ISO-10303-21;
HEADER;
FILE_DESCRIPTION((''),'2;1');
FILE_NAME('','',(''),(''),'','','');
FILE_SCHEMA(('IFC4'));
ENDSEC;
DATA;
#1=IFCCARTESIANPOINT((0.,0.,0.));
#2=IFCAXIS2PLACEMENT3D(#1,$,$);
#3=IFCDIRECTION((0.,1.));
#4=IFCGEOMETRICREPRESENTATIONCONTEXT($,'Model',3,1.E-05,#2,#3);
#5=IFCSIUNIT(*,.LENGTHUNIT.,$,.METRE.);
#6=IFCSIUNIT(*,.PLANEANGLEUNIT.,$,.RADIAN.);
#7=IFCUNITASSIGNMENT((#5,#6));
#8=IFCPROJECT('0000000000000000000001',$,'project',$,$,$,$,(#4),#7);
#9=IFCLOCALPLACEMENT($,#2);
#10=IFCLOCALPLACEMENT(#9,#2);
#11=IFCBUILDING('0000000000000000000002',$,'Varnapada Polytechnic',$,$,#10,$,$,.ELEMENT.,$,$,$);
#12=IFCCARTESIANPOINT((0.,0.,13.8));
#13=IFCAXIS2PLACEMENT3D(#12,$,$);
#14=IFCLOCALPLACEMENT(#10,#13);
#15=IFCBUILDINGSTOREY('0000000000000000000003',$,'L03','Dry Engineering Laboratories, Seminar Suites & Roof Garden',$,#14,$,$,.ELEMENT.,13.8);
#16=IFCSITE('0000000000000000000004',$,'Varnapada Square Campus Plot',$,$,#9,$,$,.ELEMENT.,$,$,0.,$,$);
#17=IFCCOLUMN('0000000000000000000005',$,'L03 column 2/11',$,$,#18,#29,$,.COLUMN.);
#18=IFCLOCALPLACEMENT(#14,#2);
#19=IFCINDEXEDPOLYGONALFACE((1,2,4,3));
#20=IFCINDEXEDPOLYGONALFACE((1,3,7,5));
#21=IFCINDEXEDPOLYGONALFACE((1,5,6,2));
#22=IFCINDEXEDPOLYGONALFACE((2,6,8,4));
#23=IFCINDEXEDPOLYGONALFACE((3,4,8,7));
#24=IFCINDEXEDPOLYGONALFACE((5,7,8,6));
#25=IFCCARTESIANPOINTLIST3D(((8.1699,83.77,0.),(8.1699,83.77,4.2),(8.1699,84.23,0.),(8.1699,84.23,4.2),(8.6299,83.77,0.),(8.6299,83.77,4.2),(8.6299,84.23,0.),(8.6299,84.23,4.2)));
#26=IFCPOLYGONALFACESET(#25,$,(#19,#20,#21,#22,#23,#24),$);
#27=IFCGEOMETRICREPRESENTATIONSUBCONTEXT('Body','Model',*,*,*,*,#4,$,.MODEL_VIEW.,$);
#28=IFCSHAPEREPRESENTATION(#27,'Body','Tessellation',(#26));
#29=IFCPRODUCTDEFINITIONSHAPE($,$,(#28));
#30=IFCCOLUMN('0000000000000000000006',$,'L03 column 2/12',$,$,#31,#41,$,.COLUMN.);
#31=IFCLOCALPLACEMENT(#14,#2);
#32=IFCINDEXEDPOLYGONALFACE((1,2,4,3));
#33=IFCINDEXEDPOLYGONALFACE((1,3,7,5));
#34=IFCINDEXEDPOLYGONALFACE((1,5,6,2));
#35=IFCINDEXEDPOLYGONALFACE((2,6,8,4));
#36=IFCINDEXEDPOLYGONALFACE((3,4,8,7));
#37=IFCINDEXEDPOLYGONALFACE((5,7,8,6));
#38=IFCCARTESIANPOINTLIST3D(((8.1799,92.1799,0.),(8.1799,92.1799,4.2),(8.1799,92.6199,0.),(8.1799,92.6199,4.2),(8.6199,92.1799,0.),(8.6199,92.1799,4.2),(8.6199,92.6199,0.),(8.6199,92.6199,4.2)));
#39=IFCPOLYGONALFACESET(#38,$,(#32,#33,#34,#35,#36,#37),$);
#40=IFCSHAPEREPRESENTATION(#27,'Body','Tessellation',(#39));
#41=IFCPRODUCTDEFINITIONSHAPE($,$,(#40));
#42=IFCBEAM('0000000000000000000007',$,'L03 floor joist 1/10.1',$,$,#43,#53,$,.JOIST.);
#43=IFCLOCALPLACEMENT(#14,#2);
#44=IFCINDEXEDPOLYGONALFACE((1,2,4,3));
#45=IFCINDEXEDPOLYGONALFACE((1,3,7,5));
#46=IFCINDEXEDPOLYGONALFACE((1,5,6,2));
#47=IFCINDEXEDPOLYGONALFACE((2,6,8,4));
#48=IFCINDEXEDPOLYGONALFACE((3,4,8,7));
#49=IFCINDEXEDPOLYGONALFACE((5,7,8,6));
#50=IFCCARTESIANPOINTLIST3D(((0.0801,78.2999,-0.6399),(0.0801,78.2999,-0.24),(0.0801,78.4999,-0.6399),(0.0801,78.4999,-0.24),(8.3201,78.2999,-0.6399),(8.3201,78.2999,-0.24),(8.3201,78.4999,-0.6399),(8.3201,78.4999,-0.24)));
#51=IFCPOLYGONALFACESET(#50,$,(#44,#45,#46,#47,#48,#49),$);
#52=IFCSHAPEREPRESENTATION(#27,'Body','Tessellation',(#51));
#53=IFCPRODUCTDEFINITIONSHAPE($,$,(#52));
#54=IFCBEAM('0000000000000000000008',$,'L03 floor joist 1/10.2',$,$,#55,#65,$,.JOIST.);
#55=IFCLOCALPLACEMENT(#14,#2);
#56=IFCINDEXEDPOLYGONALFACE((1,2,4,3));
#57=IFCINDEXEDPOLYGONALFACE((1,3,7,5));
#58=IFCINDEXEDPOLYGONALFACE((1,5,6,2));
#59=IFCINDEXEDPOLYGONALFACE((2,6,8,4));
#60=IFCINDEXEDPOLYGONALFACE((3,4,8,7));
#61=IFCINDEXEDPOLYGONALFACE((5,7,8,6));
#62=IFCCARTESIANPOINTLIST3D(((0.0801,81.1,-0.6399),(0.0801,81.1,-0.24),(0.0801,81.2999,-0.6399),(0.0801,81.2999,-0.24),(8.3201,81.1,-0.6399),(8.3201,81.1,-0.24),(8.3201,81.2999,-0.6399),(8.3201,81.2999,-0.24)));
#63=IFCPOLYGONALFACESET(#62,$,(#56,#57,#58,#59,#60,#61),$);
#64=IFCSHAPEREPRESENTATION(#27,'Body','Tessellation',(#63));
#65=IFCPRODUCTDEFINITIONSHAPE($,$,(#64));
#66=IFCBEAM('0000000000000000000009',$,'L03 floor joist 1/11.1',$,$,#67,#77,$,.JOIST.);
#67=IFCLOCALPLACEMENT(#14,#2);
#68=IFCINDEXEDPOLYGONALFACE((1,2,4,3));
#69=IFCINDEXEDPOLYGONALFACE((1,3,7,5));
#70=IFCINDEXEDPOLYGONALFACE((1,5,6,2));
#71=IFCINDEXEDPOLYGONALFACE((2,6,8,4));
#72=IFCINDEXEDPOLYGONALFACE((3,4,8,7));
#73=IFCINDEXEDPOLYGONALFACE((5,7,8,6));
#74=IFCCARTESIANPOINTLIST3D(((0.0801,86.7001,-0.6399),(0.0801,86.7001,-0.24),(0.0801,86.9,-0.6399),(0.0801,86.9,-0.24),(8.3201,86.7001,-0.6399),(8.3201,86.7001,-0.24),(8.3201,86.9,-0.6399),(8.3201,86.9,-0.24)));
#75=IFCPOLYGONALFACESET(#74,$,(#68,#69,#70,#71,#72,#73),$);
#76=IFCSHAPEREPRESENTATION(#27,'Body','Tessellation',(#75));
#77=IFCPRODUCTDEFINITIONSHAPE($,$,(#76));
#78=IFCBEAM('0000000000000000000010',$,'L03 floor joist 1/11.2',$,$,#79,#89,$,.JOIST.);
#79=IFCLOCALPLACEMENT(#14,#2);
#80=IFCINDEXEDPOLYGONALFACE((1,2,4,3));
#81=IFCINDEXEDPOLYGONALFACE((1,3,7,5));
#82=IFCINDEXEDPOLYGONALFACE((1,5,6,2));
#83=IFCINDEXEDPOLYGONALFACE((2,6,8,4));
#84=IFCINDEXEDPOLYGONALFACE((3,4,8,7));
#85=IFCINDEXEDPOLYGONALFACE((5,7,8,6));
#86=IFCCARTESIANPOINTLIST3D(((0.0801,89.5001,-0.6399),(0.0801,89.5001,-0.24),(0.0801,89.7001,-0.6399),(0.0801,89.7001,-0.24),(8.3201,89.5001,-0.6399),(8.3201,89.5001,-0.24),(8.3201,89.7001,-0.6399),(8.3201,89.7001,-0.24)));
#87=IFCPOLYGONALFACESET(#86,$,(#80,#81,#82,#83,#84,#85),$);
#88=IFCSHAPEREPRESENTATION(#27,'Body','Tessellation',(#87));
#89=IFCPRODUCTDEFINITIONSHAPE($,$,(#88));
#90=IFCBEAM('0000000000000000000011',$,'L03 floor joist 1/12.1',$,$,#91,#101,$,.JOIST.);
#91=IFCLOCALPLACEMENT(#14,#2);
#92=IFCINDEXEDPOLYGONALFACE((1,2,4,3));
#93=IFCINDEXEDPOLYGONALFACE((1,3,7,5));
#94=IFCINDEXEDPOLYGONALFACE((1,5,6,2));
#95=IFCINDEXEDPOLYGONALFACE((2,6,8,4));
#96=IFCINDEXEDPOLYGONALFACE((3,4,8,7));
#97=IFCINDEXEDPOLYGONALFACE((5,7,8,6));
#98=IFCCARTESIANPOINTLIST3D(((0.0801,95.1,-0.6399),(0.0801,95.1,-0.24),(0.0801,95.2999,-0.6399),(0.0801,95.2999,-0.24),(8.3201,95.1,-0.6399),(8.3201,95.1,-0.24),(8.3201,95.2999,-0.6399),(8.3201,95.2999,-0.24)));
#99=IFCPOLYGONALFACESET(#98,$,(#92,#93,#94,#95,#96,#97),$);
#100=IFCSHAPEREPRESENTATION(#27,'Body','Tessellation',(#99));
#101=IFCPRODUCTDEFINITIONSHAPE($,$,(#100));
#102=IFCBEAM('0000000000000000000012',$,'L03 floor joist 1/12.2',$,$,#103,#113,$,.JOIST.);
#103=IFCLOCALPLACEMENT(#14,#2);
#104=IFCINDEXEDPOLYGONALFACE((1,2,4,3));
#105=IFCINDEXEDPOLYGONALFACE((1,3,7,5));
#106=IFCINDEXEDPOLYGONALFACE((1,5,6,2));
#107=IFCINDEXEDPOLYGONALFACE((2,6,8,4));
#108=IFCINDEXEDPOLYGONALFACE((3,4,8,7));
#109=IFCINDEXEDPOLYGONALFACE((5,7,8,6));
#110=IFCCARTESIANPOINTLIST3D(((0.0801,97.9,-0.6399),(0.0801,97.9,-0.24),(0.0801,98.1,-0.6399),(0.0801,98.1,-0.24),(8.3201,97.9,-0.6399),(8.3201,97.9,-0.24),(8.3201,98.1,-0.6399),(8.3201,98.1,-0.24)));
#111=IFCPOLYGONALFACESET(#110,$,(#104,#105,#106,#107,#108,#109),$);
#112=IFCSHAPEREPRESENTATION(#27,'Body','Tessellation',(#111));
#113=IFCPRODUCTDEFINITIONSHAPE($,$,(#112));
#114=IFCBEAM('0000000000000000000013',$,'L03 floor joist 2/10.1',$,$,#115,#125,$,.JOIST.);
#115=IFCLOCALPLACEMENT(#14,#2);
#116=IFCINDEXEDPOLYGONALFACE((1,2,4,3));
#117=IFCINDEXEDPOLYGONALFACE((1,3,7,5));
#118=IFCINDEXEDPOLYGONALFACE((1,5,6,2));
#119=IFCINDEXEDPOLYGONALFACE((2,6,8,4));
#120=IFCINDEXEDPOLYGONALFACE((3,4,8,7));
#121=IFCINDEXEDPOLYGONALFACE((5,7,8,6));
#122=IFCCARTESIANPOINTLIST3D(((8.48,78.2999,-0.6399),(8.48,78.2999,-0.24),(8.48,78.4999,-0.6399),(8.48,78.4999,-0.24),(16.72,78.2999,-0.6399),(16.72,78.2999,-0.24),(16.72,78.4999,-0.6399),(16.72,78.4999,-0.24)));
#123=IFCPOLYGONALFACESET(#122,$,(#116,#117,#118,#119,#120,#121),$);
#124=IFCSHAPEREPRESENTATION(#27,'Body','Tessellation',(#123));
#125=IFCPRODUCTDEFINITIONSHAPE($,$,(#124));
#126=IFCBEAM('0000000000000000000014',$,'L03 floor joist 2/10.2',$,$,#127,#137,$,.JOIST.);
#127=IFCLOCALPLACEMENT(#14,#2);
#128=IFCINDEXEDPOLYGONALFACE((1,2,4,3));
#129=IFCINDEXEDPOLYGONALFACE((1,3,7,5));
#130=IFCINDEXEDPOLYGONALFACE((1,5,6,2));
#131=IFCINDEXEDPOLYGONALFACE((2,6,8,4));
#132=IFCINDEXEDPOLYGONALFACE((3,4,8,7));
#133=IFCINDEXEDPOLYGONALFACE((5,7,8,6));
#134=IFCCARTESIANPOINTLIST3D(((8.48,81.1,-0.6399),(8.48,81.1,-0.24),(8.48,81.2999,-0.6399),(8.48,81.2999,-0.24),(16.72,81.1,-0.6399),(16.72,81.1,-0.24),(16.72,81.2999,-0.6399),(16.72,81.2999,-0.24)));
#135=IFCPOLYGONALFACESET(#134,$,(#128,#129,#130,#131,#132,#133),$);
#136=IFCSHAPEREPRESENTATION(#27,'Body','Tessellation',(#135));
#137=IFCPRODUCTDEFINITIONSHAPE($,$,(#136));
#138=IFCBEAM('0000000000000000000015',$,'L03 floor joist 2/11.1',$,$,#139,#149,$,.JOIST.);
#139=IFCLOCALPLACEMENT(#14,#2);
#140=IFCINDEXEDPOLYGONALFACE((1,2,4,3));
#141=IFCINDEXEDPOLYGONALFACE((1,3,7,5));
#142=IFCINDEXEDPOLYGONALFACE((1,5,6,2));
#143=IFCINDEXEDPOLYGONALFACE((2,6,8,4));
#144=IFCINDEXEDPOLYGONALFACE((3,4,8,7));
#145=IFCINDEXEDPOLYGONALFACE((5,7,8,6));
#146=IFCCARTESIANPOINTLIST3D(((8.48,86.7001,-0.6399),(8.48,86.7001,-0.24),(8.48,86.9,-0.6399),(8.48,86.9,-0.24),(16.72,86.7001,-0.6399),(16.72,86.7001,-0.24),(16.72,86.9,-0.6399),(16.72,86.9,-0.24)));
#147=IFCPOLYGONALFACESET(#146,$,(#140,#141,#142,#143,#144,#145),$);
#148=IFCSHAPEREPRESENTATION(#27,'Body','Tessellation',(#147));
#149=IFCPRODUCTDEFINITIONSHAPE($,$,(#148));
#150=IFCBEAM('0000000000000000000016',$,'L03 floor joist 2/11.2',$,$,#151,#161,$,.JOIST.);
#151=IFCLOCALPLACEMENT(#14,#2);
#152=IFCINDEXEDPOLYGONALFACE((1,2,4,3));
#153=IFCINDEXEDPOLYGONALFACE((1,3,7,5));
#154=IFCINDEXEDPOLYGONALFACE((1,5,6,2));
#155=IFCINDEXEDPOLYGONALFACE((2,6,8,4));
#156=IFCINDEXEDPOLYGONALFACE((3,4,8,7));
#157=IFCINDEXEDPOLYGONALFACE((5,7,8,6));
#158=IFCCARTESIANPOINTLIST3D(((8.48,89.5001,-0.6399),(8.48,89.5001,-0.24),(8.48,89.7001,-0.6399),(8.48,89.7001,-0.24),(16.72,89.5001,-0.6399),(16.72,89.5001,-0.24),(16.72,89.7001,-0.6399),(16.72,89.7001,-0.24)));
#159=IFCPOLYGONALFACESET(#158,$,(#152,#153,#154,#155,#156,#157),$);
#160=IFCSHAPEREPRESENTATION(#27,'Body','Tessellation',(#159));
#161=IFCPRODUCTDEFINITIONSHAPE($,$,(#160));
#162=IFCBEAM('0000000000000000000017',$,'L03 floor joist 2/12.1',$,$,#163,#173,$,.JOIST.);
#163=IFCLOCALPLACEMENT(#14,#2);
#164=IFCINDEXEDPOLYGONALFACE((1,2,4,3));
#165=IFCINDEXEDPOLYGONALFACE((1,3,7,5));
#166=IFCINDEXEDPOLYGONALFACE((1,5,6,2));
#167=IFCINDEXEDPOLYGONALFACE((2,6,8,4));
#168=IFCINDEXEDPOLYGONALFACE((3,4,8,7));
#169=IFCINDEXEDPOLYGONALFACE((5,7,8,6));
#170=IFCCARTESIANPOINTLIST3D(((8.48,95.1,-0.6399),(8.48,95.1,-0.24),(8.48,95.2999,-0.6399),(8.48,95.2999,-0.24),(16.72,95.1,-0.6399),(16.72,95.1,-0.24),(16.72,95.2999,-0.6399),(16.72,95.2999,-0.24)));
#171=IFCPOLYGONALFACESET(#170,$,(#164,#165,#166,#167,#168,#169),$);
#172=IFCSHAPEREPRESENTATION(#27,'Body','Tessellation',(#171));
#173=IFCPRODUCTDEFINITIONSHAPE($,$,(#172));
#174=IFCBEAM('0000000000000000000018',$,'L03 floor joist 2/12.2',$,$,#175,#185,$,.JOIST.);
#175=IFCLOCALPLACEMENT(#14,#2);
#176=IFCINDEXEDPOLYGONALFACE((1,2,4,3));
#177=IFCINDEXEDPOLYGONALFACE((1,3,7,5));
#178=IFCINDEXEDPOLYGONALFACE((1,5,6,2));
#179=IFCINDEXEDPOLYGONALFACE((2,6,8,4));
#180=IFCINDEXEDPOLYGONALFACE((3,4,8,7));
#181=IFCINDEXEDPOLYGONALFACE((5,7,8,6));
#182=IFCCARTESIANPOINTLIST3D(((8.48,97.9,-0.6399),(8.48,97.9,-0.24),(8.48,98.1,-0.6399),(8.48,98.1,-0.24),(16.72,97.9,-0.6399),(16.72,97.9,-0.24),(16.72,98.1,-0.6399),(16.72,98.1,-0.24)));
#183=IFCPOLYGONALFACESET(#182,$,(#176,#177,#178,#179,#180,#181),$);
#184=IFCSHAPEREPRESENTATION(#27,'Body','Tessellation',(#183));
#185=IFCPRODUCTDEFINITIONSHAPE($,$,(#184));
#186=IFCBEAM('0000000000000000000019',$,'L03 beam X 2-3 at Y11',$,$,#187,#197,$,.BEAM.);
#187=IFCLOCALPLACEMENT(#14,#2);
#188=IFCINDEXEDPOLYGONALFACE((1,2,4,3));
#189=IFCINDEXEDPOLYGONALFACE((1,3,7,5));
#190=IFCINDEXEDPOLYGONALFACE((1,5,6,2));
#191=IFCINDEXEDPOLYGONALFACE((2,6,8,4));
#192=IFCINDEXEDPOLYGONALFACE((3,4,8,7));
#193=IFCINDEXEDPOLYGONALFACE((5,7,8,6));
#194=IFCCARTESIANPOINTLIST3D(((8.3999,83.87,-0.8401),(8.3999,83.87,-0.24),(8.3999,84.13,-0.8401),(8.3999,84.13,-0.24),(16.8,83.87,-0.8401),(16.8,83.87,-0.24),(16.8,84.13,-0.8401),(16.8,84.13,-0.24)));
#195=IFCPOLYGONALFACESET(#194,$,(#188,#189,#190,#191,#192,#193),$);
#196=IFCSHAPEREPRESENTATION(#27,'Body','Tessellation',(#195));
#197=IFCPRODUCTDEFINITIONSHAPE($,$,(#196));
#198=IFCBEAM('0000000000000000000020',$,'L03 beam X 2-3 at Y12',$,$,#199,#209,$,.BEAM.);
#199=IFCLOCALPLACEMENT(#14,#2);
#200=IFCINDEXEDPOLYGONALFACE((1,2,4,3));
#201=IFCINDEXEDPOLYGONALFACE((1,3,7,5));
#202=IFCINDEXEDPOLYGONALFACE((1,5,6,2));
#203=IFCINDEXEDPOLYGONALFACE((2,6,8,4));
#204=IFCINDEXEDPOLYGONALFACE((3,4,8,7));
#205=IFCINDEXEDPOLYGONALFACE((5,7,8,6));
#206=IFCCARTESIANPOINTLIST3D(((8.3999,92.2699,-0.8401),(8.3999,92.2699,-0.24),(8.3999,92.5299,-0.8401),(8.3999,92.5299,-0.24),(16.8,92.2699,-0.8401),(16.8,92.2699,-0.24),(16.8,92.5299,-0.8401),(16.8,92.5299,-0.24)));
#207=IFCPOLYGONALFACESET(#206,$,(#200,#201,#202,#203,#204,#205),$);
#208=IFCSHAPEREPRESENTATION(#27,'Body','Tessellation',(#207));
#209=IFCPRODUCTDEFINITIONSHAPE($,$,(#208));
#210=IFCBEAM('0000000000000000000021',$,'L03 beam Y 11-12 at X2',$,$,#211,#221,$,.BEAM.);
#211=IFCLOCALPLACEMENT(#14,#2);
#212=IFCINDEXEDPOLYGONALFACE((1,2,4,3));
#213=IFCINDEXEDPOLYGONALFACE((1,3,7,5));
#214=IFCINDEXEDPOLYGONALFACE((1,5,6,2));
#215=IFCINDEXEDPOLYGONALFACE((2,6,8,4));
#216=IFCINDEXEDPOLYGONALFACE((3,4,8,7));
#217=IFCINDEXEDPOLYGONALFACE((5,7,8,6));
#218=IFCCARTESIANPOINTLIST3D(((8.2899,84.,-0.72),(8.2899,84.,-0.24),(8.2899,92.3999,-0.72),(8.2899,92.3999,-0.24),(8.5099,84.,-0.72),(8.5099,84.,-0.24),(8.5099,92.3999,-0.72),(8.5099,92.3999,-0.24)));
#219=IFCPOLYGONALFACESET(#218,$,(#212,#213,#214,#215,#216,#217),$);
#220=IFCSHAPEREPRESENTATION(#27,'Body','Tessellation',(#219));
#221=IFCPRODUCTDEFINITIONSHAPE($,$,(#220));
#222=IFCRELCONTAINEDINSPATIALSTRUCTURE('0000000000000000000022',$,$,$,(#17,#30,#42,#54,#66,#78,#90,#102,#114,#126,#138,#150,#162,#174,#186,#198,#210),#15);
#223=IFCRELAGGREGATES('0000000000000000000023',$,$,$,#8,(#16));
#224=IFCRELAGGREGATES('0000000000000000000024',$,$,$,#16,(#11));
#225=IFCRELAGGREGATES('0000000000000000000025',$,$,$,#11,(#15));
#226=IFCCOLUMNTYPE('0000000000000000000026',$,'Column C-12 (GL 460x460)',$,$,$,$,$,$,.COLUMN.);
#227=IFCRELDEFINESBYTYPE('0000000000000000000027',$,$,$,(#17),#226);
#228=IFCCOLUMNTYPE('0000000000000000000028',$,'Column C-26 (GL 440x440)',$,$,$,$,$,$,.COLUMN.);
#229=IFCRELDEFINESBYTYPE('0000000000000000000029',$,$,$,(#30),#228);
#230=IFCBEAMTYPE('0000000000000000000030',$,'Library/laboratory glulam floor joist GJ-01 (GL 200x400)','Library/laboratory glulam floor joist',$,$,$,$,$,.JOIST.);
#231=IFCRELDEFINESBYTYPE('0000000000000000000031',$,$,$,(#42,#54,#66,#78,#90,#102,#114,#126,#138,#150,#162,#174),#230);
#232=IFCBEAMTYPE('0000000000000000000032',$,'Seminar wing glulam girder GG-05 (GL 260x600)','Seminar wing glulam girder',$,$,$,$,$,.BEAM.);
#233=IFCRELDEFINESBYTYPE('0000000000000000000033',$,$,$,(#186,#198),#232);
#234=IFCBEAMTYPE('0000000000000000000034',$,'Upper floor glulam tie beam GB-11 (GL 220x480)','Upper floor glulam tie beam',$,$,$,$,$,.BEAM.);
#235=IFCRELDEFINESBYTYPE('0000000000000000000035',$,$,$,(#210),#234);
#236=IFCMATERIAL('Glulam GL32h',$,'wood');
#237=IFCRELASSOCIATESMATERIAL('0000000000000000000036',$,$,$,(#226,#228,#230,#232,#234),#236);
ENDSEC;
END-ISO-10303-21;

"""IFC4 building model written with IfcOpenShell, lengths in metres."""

from ifc_helpers import new_model, si_unit, direction, frame, origin, origin_2d, place, context, subcontext, project, spatial, rectangle, extrude, material, material_profile, profile_set, type_object, element, save


model = new_model("IFC4")

# Units and contexts
model_context = context("Model", 3, precision=1e-05, world=origin(), true_north=direction((0.0, 1.0)))
body_context = subcontext(model_context, "Body", "Model", "MODEL_VIEW")
ifc_project = project(units=[si_unit("LENGTHUNIT", "METRE"), si_unit("PLANEANGLEUNIT", "RADIAN")], contexts=[model_context])

# Site, building, storey
site_placement = place(None, origin())
site = spatial("IfcSite", under=ifc_project, at=site_placement, Name="Varnapada Square Campus Plot", CompositionType="ELEMENT", RefElevation=0.0)
building_placement = place(site_placement, origin())
building = spatial("IfcBuilding", under=site, at=building_placement, Name="Varnapada Polytechnic", CompositionType="ELEMENT")
storey_placement = place(building_placement, frame((0.0, 0.0, 13.8)))
storey = spatial("IfcBuildingStorey", under=building, at=storey_placement, Name="L03", Description="Dry Engineering Laboratories, Seminar Suites & Roof Garden", CompositionType="ELEMENT", Elevation=13.8)

# Columns
ifc_material_1 = material(Name="Glulam GL32h", Category="wood")
ifc_material_profile_1 = material_profile(ifc_material_1, rectangle(XDim=0.46, YDim=0.46, at=origin_2d()), Name="GL 460x460")
ifc_profile_set_1 = profile_set([ifc_material_profile_1], Name="Glulam GL32h")
column_type_1 = type_object("IfcColumnType", Name="Column C-12 (GL 460x460)", PredefinedType="COLUMN", material=ifc_profile_set_1)
column_1_placement = place(storey_placement, frame((8.3999, 84.0, 0.0), z_axis=(0.0, 0.0, 1.0), x_axis=(1.0, 0.0, 0.0)))
element("IfcColumn", 1, at=column_1_placement, inside=storey, type_object=column_type_1, Name="L03 column 2/11", PredefinedType="COLUMN", context=body_context, shape_type="SweptSolid", body=[
    extrude(rectangle(XDim=0.46, YDim=0.46, at=origin_2d()), origin(), (0.0, 0.0, 1.0), 4.2),
])
ifc_material_profile_2 = material_profile(ifc_material_1, rectangle(XDim=0.4399, YDim=0.4399, at=origin_2d()), Name="GL 440x440")
ifc_profile_set_2 = profile_set([ifc_material_profile_2], Name="Glulam GL32h")
column_type_2 = type_object("IfcColumnType", Name="Column C-26 (GL 440x440)", PredefinedType="COLUMN", material=ifc_profile_set_2)
column_2_placement = place(storey_placement, frame((8.3999, 92.3999, 0.0), z_axis=(0.0, 0.0, 1.0), x_axis=(1.0, 0.0, 0.0)))
element("IfcColumn", 2, at=column_2_placement, inside=storey, type_object=column_type_2, Name="L03 column 2/12", PredefinedType="COLUMN", context=body_context, shape_type="SweptSolid", body=[
    extrude(rectangle(XDim=0.4399, YDim=0.4399, at=origin_2d()), origin(), (0.0, 0.0, 1.0), 4.2),
])

# Beams
ifc_material_profile_3 = material_profile(ifc_material_1, rectangle(XDim=0.2, YDim=0.3999, at=origin_2d()), Name="GL 200x400")
ifc_profile_set_3 = profile_set([ifc_material_profile_3], Name="Glulam GL32h")
beam_type_1 = type_object("IfcBeamType", Name="Library/laboratory glulam floor joist GJ-01 (GL 200x400)", Description="Library/laboratory glulam floor joist", PredefinedType="JOIST", material=ifc_profile_set_3)
for number, where, z_axis, x_axis, name in (
    (3, (0.0801, 78.3999, -0.4399), (1.0, 0.0, 0.0), (0.0, 1.0, 0.0), "L03 floor joist 1/10.1"),
    (4, (0.0801, 81.2, -0.4399), (1.0, 0.0, 0.0), (0.0, 1.0, 0.0), "L03 floor joist 1/10.2"),
    (5, (0.0801, 86.8, -0.4399), (1.0, 0.0, 0.0), (0.0, 1.0, 0.0), "L03 floor joist 1/11.1"),
    (6, (0.0801, 89.6001, -0.4399), (1.0, 0.0, 0.0), (0.0, 1.0, 0.0), "L03 floor joist 1/11.2"),
    (7, (0.0801, 95.2, -0.4399), (1.0, 0.0, 0.0), (0.0, 1.0, 0.0), "L03 floor joist 1/12.1"),
    (8, (0.0801, 98.0, -0.4399), (1.0, 0.0, 0.0), (0.0, 1.0, 0.0), "L03 floor joist 1/12.2"),
    (9, (8.48, 78.3999, -0.4399), (1.0, 0.0, 0.0), (0.0, 1.0, 0.0), "L03 floor joist 2/10.1"),
    (10, (8.48, 81.2, -0.4399), (1.0, 0.0, 0.0), (0.0, 1.0, 0.0), "L03 floor joist 2/10.2"),
    (11, (8.48, 86.8, -0.4399), (1.0, 0.0, 0.0), (0.0, 1.0, 0.0), "L03 floor joist 2/11.1"),
    (12, (8.48, 89.6001, -0.4399), (1.0, 0.0, 0.0), (0.0, 1.0, 0.0), "L03 floor joist 2/11.2"),
    (13, (8.48, 95.2, -0.4399), (1.0, 0.0, 0.0), (0.0, 1.0, 0.0), "L03 floor joist 2/12.1"),
    (14, (8.48, 98.0, -0.4399), (1.0, 0.0, 0.0), (0.0, 1.0, 0.0), "L03 floor joist 2/12.2"),
):
    element("IfcBeam", number, at=place(storey_placement, frame(where, z_axis=z_axis, x_axis=x_axis)), inside=storey, type_object=beam_type_1, Name=name, PredefinedType="JOIST", context=body_context, shape_type="SweptSolid", body=[
        extrude(rectangle(XDim=0.2, YDim=0.3999, at=origin_2d()), origin(), (0.0, 0.0, 1.0), 8.24),
    ])
ifc_material_profile_4 = material_profile(ifc_material_1, rectangle(XDim=0.26, YDim=0.6001, at=origin_2d()), Name="GL 260x600")
ifc_profile_set_4 = profile_set([ifc_material_profile_4], Name="Glulam GL32h")
beam_type_2 = type_object("IfcBeamType", Name="Seminar wing glulam girder GG-05 (GL 260x600)", Description="Seminar wing glulam girder", PredefinedType="BEAM", material=ifc_profile_set_4)
for number, where, z_axis, x_axis, name in (
    (15, (8.3999, 84.0, -0.54), (1.0, 0.0, 0.0), (0.0, 1.0, 0.0), "L03 beam X 2-3 at Y11"),
    (16, (8.3999, 92.3999, -0.54), (1.0, 0.0, 0.0), (0.0, 1.0, 0.0), "L03 beam X 2-3 at Y12"),
):
    element("IfcBeam", number, at=place(storey_placement, frame(where, z_axis=z_axis, x_axis=x_axis)), inside=storey, type_object=beam_type_2, Name=name, PredefinedType="BEAM", context=body_context, shape_type="SweptSolid", body=[
        extrude(rectangle(XDim=0.26, YDim=0.6001, at=origin_2d()), origin(), (0.0, 0.0, 1.0), 8.4001),
    ])
ifc_material_profile_5 = material_profile(ifc_material_1, rectangle(XDim=0.22, YDim=0.48, at=origin_2d()), Name="GL 220x480")
ifc_profile_set_5 = profile_set([ifc_material_profile_5], Name="Glulam GL32h")
beam_type_3 = type_object("IfcBeamType", Name="Upper floor glulam tie beam GB-11 (GL 220x480)", Description="Upper floor glulam tie beam", PredefinedType="BEAM", material=ifc_profile_set_5)
beam_1_placement = place(storey_placement, frame((8.3999, 84.0, -0.48), z_axis=(0.0, 1.0, 0.0), x_axis=(-1.0, 0.0, 0.0)))
element("IfcBeam", 17, at=beam_1_placement, inside=storey, type_object=beam_type_3, Name="L03 beam Y 11-12 at X2", PredefinedType="BEAM", context=body_context, shape_type="SweptSolid", body=[
    extrude(rectangle(XDim=0.22, YDim=0.48, at=origin_2d()), origin(), (0.0, 0.0, 1.0), 8.3999),
])

save(model, "model.ifc")
